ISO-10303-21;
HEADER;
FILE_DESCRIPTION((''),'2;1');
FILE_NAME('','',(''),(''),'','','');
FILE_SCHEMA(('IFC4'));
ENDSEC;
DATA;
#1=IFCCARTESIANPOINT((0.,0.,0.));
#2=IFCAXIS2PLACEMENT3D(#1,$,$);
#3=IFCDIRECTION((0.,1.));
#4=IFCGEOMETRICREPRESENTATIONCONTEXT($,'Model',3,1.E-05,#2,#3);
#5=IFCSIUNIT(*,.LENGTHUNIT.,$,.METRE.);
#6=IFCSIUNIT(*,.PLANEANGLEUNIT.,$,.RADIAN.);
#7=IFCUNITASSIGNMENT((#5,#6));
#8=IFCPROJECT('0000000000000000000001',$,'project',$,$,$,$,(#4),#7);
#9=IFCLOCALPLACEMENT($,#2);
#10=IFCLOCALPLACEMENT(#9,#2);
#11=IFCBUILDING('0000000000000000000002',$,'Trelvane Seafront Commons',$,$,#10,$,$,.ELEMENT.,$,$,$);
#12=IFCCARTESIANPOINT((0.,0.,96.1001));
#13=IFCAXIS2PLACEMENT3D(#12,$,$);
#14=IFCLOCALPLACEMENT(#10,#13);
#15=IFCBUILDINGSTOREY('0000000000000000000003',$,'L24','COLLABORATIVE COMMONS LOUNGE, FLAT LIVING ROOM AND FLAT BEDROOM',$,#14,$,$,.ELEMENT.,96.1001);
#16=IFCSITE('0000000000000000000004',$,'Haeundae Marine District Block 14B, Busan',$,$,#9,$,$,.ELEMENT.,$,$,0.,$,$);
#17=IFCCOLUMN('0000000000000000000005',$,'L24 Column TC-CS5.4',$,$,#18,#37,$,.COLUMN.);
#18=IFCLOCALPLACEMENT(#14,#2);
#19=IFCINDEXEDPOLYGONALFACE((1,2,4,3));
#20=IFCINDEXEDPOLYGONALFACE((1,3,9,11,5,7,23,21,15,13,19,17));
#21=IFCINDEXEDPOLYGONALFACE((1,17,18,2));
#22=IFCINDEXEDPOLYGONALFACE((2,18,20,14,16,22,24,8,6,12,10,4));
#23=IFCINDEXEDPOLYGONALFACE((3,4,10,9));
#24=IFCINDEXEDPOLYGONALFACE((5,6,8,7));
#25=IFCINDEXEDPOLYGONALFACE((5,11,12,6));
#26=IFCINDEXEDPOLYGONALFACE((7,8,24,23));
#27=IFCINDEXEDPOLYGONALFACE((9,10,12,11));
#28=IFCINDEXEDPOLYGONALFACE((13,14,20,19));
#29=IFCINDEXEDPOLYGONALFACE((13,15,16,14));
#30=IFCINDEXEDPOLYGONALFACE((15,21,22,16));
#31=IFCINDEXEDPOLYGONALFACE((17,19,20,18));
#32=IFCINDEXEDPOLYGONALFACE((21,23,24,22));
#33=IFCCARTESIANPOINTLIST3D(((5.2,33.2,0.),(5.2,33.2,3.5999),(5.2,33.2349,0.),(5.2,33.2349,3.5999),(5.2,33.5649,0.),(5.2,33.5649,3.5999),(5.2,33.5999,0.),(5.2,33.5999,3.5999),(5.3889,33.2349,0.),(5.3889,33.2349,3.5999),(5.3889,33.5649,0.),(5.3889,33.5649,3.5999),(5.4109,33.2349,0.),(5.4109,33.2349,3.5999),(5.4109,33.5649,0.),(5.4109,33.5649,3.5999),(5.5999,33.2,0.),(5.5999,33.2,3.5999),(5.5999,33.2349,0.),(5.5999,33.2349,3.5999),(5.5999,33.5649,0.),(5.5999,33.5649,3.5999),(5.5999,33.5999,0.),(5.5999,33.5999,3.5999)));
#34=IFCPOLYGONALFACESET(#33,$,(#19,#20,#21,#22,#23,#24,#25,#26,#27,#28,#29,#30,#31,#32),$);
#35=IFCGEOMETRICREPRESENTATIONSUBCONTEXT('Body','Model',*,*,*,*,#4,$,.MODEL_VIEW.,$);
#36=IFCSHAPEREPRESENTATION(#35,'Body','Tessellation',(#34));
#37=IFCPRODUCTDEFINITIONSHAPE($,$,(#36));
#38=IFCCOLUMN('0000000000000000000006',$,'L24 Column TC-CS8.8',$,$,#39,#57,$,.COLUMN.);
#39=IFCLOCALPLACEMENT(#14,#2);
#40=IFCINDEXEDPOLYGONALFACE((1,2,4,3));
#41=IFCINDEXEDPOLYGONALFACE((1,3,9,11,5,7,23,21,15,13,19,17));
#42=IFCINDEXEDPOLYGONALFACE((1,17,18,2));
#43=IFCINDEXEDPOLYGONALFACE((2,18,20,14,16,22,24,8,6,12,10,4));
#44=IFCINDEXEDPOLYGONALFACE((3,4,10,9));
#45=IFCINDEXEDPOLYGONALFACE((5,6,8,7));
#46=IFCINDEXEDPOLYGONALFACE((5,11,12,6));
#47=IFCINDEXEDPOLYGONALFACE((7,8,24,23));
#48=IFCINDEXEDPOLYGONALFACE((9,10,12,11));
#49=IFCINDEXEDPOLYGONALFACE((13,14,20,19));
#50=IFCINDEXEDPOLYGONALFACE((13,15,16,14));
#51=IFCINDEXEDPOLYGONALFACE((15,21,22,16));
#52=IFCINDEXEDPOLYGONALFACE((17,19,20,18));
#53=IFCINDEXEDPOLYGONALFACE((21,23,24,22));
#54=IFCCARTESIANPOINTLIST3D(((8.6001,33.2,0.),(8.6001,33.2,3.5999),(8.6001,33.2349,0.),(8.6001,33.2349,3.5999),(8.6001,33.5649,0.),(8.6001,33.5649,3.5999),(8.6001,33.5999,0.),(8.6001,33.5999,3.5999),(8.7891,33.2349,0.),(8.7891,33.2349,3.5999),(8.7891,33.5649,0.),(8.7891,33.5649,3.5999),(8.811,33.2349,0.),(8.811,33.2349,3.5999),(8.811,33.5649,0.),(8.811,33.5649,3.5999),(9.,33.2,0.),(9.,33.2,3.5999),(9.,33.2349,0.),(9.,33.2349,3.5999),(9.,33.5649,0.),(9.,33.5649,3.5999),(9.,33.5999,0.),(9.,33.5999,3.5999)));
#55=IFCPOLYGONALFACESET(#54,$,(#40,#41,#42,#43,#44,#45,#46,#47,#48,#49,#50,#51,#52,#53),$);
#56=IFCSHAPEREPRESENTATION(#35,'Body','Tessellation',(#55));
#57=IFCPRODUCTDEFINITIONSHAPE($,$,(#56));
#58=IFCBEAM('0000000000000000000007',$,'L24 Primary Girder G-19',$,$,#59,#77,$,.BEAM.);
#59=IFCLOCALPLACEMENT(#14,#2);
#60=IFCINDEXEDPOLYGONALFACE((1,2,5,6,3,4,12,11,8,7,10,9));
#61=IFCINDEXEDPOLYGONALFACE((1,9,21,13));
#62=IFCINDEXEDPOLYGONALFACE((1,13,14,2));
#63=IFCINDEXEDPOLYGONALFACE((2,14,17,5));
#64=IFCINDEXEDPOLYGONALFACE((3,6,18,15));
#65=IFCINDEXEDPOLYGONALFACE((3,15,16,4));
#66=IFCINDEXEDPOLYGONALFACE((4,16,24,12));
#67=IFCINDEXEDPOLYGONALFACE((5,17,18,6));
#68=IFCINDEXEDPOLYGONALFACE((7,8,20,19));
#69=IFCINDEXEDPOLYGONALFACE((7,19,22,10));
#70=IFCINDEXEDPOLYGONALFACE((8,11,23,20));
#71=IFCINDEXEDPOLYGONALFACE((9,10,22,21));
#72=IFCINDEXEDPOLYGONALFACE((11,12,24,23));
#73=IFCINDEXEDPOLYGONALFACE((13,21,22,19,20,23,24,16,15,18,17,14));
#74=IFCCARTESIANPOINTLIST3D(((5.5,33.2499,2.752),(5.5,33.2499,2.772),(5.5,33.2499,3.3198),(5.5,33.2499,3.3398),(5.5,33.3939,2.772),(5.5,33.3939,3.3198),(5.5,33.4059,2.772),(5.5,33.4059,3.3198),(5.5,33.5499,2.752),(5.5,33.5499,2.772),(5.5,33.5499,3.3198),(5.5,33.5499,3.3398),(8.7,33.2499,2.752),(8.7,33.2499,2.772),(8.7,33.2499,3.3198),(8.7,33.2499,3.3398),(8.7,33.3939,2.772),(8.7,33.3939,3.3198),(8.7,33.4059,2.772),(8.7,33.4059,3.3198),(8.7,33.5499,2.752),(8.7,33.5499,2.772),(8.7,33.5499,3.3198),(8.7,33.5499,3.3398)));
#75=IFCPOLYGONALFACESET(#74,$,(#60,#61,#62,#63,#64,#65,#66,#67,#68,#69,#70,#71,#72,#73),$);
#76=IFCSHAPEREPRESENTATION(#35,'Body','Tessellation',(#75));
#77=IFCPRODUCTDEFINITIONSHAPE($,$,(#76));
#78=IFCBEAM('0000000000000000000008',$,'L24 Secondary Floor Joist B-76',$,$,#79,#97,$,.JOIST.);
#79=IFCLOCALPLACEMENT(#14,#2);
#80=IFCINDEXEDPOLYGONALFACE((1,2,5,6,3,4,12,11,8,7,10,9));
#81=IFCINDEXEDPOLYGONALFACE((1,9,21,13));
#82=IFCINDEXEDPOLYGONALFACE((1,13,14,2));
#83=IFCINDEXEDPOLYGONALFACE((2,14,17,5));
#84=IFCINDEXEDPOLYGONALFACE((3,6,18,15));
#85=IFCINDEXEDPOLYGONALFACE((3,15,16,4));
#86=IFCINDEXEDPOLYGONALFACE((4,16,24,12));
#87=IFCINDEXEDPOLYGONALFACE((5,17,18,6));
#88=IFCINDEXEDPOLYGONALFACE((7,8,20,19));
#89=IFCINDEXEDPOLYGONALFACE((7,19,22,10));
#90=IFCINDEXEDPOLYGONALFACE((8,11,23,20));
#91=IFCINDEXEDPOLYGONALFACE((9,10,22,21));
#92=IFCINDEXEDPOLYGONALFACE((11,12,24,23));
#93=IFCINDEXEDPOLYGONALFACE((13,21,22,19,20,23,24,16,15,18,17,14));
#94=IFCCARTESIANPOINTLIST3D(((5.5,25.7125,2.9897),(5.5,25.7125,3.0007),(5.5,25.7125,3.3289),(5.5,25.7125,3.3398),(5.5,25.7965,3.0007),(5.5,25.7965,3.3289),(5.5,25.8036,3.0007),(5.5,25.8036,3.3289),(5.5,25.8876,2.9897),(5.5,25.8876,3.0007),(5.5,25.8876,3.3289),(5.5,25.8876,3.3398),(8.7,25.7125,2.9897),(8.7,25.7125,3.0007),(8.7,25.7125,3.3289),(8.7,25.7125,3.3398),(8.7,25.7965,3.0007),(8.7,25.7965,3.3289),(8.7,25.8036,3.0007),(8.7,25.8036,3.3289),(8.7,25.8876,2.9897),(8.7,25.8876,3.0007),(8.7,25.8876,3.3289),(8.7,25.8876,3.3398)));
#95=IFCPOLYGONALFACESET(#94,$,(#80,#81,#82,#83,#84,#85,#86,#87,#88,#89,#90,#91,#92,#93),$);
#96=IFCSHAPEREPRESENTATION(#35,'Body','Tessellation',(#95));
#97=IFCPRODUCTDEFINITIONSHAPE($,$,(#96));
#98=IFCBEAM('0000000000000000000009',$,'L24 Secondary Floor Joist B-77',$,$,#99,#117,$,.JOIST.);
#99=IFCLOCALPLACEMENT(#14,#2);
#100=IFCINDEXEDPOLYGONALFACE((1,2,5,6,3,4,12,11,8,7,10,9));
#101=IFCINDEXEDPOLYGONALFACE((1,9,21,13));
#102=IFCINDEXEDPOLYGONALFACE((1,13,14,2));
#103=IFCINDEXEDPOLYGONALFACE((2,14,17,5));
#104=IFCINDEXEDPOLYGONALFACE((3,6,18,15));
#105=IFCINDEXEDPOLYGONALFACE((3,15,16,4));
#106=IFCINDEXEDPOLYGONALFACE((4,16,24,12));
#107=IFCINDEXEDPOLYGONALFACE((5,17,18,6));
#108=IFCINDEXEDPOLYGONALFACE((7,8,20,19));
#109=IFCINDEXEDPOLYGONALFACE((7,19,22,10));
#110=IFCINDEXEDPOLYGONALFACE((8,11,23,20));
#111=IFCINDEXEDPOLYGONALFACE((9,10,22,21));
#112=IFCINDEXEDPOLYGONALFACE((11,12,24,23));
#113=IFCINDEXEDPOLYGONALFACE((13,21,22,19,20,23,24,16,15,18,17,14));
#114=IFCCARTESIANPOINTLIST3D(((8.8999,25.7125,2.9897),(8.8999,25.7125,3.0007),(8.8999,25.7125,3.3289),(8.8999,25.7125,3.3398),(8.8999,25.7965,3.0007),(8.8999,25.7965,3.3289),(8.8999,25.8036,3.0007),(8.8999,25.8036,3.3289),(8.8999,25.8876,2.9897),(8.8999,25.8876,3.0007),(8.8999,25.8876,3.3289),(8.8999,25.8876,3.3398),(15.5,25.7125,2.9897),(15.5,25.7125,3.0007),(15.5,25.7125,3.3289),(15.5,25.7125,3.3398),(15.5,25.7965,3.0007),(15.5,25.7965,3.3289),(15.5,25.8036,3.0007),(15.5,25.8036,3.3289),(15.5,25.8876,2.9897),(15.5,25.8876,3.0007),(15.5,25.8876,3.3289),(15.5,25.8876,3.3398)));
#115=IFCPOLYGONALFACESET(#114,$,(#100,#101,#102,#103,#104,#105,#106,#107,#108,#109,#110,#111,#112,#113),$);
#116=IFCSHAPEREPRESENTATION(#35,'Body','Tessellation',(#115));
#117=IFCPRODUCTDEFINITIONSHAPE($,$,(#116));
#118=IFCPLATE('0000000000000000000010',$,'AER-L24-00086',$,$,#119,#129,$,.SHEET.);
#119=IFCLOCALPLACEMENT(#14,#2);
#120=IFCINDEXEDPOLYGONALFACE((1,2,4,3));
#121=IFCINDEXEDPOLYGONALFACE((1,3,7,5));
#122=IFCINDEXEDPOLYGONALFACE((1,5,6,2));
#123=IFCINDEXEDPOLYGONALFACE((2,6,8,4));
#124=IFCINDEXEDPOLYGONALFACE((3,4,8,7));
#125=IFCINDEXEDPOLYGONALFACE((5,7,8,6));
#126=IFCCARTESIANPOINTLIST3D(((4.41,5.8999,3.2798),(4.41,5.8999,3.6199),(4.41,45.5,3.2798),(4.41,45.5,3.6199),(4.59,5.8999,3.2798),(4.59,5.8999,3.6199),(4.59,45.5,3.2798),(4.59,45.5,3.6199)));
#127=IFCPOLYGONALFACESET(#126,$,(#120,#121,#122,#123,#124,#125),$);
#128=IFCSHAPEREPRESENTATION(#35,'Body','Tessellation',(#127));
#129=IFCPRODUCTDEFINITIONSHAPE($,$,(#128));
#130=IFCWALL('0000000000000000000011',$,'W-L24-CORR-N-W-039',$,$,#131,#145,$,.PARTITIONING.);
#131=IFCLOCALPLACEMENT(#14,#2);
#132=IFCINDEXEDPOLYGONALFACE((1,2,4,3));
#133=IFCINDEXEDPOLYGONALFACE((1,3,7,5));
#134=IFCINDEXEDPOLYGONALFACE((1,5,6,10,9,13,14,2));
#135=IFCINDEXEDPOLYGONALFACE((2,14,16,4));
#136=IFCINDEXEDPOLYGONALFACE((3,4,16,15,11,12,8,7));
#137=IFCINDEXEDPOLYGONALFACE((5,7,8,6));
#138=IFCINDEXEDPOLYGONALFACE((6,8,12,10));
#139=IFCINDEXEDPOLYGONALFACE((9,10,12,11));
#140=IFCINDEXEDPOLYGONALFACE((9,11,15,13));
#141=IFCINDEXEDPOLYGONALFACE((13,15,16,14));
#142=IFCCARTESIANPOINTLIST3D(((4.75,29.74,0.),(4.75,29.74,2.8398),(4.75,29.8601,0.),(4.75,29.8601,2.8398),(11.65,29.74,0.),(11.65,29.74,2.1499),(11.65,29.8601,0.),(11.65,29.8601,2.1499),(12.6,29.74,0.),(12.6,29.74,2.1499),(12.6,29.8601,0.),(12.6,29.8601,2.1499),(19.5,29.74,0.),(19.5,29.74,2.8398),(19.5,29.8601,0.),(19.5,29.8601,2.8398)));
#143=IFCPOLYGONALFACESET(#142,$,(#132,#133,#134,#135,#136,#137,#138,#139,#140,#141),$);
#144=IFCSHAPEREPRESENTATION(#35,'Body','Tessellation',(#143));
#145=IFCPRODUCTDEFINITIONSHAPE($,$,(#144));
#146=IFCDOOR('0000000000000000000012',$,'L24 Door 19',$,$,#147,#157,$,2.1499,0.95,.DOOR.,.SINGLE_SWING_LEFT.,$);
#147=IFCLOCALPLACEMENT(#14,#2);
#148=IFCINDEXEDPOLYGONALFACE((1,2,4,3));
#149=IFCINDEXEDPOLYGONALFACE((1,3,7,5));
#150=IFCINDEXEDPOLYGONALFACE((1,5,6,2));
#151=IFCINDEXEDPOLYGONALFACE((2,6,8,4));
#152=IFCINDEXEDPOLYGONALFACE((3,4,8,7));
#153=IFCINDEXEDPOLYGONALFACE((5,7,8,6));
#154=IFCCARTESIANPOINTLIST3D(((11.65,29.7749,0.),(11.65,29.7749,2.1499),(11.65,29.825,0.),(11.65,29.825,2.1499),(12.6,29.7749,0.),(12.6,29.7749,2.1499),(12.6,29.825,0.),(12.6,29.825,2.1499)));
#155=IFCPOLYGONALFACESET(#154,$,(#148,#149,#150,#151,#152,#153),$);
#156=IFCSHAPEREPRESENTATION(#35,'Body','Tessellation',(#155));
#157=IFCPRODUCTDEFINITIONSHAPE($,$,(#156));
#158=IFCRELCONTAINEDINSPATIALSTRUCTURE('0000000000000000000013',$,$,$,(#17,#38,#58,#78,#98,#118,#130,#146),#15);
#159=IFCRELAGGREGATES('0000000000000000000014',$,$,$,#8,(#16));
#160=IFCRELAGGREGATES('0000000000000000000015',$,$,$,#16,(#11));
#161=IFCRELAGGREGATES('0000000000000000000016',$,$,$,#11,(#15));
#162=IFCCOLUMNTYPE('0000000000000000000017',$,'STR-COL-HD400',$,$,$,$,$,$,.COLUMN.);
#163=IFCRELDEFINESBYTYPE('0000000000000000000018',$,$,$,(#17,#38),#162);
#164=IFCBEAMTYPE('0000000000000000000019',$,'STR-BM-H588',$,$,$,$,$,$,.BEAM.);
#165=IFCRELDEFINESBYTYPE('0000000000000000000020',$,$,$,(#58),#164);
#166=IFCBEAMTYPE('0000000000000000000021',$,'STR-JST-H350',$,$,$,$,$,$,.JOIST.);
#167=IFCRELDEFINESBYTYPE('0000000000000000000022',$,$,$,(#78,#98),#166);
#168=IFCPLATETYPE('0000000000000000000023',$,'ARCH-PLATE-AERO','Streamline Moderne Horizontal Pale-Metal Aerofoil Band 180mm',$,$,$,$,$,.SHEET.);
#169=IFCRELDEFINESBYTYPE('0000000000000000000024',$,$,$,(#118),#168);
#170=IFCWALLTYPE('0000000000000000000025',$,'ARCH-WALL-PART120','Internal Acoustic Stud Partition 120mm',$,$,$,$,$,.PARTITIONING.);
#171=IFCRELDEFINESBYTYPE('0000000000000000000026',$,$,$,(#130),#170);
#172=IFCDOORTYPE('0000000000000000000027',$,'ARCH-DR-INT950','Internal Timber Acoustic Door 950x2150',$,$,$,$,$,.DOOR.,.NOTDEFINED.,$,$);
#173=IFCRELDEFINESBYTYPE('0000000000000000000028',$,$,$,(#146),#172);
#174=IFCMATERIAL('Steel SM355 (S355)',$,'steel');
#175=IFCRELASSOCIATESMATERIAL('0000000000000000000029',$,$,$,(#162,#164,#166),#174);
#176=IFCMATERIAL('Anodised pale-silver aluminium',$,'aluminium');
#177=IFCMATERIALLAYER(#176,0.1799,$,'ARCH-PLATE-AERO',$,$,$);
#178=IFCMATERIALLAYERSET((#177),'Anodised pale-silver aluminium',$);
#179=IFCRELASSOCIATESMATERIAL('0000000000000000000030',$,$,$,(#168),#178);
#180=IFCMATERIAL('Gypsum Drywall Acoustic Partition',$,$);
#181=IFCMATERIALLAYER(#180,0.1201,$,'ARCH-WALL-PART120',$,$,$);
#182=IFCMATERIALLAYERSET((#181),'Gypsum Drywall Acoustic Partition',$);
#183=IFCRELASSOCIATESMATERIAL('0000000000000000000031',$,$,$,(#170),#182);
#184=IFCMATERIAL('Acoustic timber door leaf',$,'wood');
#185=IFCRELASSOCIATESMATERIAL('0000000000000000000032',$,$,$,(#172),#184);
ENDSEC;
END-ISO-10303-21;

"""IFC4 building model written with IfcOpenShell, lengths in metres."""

from ifc_helpers import new_model, si_unit, direction, frame, frame_2d, origin, origin_2d, place, context, subcontext, project, spatial, rectangle, i_section, extrude, source, transform, mapped, material, layer, layer_set, material_profile, profile_set, type_object, element, fill, save


model = new_model("IFC4")

# Units and contexts
model_context = context("Model", 3, precision=1e-05, world=origin(), true_north=direction((0.0, 1.0)))
body_context = subcontext(model_context, "Body", "Model", "MODEL_VIEW")
ifc_project = project(units=[si_unit("LENGTHUNIT", "METRE"), si_unit("PLANEANGLEUNIT", "RADIAN")], contexts=[model_context])

# Site, building, storey
site_placement = place(None, origin())
site = spatial("IfcSite", under=ifc_project, at=site_placement, Name="Haeundae Marine District Block 14B, Busan", CompositionType="ELEMENT", RefElevation=0.0)
building_placement = place(site_placement, origin())
building = spatial("IfcBuilding", under=site, at=building_placement, Name="Trelvane Seafront Commons", CompositionType="ELEMENT")
storey_placement = place(building_placement, frame((0.0, 0.0, 96.1001)))
storey = spatial("IfcBuildingStorey", under=building, at=storey_placement, Name="L24", Description="COLLABORATIVE COMMONS LOUNGE, FLAT LIVING ROOM AND FLAT BEDROOM", CompositionType="ELEMENT", Elevation=96.1001)

# Columns
ifc_material_1 = material(Name="Steel SM355 (S355)", Category="steel")
ifc_material_profile_1 = material_profile(ifc_material_1, i_section(OverallWidth=0.3999, OverallDepth=0.3999, WebThickness=0.022, FlangeThickness=0.0349, at=origin_2d()), Name="HD-400x400x22x35")
ifc_profile_set_1 = profile_set([ifc_material_profile_1], Name="Steel SM355 (S355)")
column_type = type_object("IfcColumnType", Name="STR-COL-HD400", PredefinedType="COLUMN", material=ifc_profile_set_1)
shared_shape_1 = source(origin(), body_context, "Body", "SweptSolid", [
    extrude(i_section(OverallWidth=0.3999, OverallDepth=0.3999, WebThickness=0.022, FlangeThickness=0.0349, at=origin_2d()), origin(), (0.0, 0.0, 1.0), 3.5999),
])
for number, where, z_axis, x_axis, name in (
    (1, (5.3999, 33.3999, 0.0), (0.0, 0.0, 1.0), (1.0, 0.0, 0.0), "L24 Column TC-CS5.4"),
    (2, (8.8, 33.3999, 0.0), (0.0, 0.0, 1.0), (1.0, 0.0, 0.0), "L24 Column TC-CS8.8"),
):
    element("IfcColumn", number, at=place(storey_placement, frame(where, z_axis=z_axis, x_axis=x_axis)), inside=storey, type_object=column_type, Name=name, PredefinedType="COLUMN", context=body_context, shape_type="MappedRepresentation", body=[
        mapped(shared_shape_1, transform((0.0, 0.0, 0.0), x_axis=(1.0, 0.0, 0.0), y_axis=(0.0, 1.0, 0.0), z_axis=(0.0, 0.0, 1.0), scale=1.0)),
    ])

# Beams
ifc_material_profile_2 = material_profile(ifc_material_1, i_section(OverallWidth=0.3, OverallDepth=0.5879, WebThickness=0.012, FlangeThickness=0.02, at=origin_2d()), Name="H-588x300x12x20")
ifc_profile_set_2 = profile_set([ifc_material_profile_2], Name="Steel SM355 (S355)")
beam_type_1 = type_object("IfcBeamType", Name="STR-BM-H588", PredefinedType="BEAM", material=ifc_profile_set_2)
shared_shape_2 = source(origin(), body_context, "Body", "SweptSolid", [
    extrude(i_section(OverallWidth=0.3, OverallDepth=0.5879, WebThickness=0.012, FlangeThickness=0.02, at=origin_2d()), origin(), (0.0, 0.0, 1.0), 3.2),
])
beam_1_placement = place(storey_placement, frame((5.5, 33.3999, 3.0459), z_axis=(1.0, 0.0, 0.0), x_axis=(0.0, 1.0, 0.0)))
element("IfcBeam", 3, at=beam_1_placement, inside=storey, type_object=beam_type_1, Name="L24 Primary Girder G-19", PredefinedType="BEAM", context=body_context, shape_type="MappedRepresentation", body=[
    mapped(shared_shape_2, transform((0.0, 0.0, 0.0), x_axis=(1.0, 0.0, 0.0), y_axis=(0.0, 1.0, 0.0), z_axis=(0.0, 0.0, 1.0), scale=1.0)),
])
ifc_material_profile_3 = material_profile(ifc_material_1, i_section(OverallWidth=0.175, OverallDepth=0.3501, WebThickness=0.0071, FlangeThickness=0.011, at=origin_2d()), Name="H-350x175x7x11")
ifc_profile_set_3 = profile_set([ifc_material_profile_3], Name="Steel SM355 (S355)")
beam_type_2 = type_object("IfcBeamType", Name="STR-JST-H350", PredefinedType="JOIST", material=ifc_profile_set_3)
shared_shape_3 = source(origin(), body_context, "Body", "SweptSolid", [
    extrude(i_section(OverallWidth=0.175, OverallDepth=0.3501, WebThickness=0.0071, FlangeThickness=0.011, at=origin_2d()), origin(), (0.0, 0.0, 1.0), 3.2),
])
beam_2_placement = place(storey_placement, frame((5.5, 25.8, 3.1648), z_axis=(1.0, 0.0, 0.0), x_axis=(0.0, 1.0, 0.0)))
element("IfcBeam", 4, at=beam_2_placement, inside=storey, type_object=beam_type_2, Name="L24 Secondary Floor Joist B-76", PredefinedType="JOIST", context=body_context, shape_type="MappedRepresentation", body=[
    mapped(shared_shape_3, transform((0.0, 0.0, 0.0), x_axis=(1.0, 0.0, 0.0), y_axis=(0.0, 1.0, 0.0), z_axis=(0.0, 0.0, 1.0), scale=1.0)),
])
shared_shape_4 = source(origin(), body_context, "Body", "SweptSolid", [
    extrude(i_section(OverallWidth=0.175, OverallDepth=0.3501, WebThickness=0.0071, FlangeThickness=0.011, at=origin_2d()), origin(), (0.0, 0.0, 1.0), 6.6001),
])
beam_3_placement = place(storey_placement, frame((8.8999, 25.8, 3.1648), z_axis=(1.0, 0.0, 0.0), x_axis=(0.0, 1.0, 0.0)))
element("IfcBeam", 5, at=beam_3_placement, inside=storey, type_object=beam_type_2, Name="L24 Secondary Floor Joist B-77", PredefinedType="JOIST", context=body_context, shape_type="MappedRepresentation", body=[
    mapped(shared_shape_4, transform((0.0, 0.0, 0.0), x_axis=(1.0, 0.0, 0.0), y_axis=(0.0, 1.0, 0.0), z_axis=(0.0, 0.0, 1.0), scale=1.0)),
])

# Plate
ifc_material_2 = material(Name="Anodised pale-silver aluminium", Category="aluminium")
ifc_layer_1 = layer(ifc_material_2, 0.1799, Name="ARCH-PLATE-AERO")
ifc_layer_set_1 = layer_set([ifc_layer_1], Name="Anodised pale-silver aluminium")
plate_type = type_object("IfcPlateType", Name="ARCH-PLATE-AERO", Description="Streamline Moderne Horizontal Pale-Metal Aerofoil Band 180mm", PredefinedType="SHEET", material=ifc_layer_set_1)
shared_shape_5 = source(origin(), body_context, "Body", "SweptSolid", [
    extrude(rectangle(XDim=39.6001, YDim=0.1799, at=origin_2d()), origin(), (0.0, 0.0, 1.0), 0.3401),
])
plate_placement = place(storey_placement, frame((4.5, 25.7, 3.2798), z_axis=(0.0, 0.0, 1.0), x_axis=(0.0, 1.0, 0.0)))
element("IfcPlate", 6, at=plate_placement, inside=storey, type_object=plate_type, Name="AER-L24-00086", PredefinedType="SHEET", context=body_context, shape_type="MappedRepresentation", body=[
    mapped(shared_shape_5, transform((0.0, 0.0, 0.0), x_axis=(1.0, 0.0, 0.0), y_axis=(0.0, 1.0, 0.0), z_axis=(0.0, 0.0, 1.0), scale=1.0)),
])

# Wall, opening, door
ifc_material_3 = material(Name="Gypsum Drywall Acoustic Partition")
ifc_layer_2 = layer(ifc_material_3, 0.1201, Name="ARCH-WALL-PART120")
ifc_layer_set_2 = layer_set([ifc_layer_2], Name="Gypsum Drywall Acoustic Partition")
wall_type_1 = type_object("IfcWallType", Name="ARCH-WALL-PART120", Description="Internal Acoustic Stud Partition 120mm", PredefinedType="PARTITIONING", material=ifc_layer_set_2)
wall_1_placement = place(storey_placement, frame((4.75, 29.8, 0.0), z_axis=(0.0, 0.0, 1.0), x_axis=(1.0, 0.0, 0.0)))
wall_1 = element("IfcWall", 7, at=wall_1_placement, inside=storey, type_object=wall_type_1, Name="W-L24-CORR-N-W-039", PredefinedType="PARTITIONING", context=body_context, shape_type="SweptSolid", body=[
    extrude(rectangle(XDim=14.75, YDim=0.1201, at=frame_2d((7.375, 0.0))), origin(), (0.0, 0.0, 1.0), 2.8398),
])
opening_1_placement = place(wall_1_placement, frame((6.8999, 0.0, 0.0)))
opening_1 = element("IfcOpeningElement", 8, at=opening_1_placement, cuts=wall_1, PredefinedType="OPENING", context=body_context, shape_type="SweptSolid", body=[
    extrude(rectangle(XDim=0.95, YDim=2.1499, at=frame_2d((0.4751, 1.075))), frame((0.0, 0.0701, 0.0), z_axis=(0.0, -1.0, 0.0), x_axis=(1.0, 0.0, 0.0)), (0.0, 0.0, 1.0), 0.1401),
])
ifc_material_4 = material(Name="Acoustic timber door leaf", Category="wood")
door_type_1 = type_object("IfcDoorType", Name="ARCH-DR-INT950", Description="Internal Timber Acoustic Door 950x2150", OperationType="NOTDEFINED", PredefinedType="DOOR", material=ifc_material_4)
shared_shape_6 = source(origin(), body_context, "Body", "SweptSolid", [
    extrude(rectangle(XDim=0.95, YDim=2.1499, at=frame_2d((0.4751, 1.075))), frame((0.0, 0.0249, 0.0), z_axis=(0.0, -1.0, 0.0), x_axis=(1.0, 0.0, 0.0)), (0.0, 0.0, 1.0), 0.05),
])
door_1_placement = place(opening_1_placement, origin())
door_1 = element("IfcDoor", 9, at=door_1_placement, inside=storey, type_object=door_type_1, Name="L24 Door 19", OperationType="SINGLE_SWING_LEFT", OverallHeight=2.1499, OverallWidth=0.95, PredefinedType="DOOR", context=body_context, shape_type="MappedRepresentation", body=[
    mapped(shared_shape_6, transform((0.0, 0.0, 0.0), x_axis=(1.0, 0.0, 0.0), y_axis=(0.0, 1.0, 0.0), z_axis=(0.0, 0.0, 1.0), scale=1.0)),
])
fill(opening_1, door_1)

save(model, "model.ifc")
